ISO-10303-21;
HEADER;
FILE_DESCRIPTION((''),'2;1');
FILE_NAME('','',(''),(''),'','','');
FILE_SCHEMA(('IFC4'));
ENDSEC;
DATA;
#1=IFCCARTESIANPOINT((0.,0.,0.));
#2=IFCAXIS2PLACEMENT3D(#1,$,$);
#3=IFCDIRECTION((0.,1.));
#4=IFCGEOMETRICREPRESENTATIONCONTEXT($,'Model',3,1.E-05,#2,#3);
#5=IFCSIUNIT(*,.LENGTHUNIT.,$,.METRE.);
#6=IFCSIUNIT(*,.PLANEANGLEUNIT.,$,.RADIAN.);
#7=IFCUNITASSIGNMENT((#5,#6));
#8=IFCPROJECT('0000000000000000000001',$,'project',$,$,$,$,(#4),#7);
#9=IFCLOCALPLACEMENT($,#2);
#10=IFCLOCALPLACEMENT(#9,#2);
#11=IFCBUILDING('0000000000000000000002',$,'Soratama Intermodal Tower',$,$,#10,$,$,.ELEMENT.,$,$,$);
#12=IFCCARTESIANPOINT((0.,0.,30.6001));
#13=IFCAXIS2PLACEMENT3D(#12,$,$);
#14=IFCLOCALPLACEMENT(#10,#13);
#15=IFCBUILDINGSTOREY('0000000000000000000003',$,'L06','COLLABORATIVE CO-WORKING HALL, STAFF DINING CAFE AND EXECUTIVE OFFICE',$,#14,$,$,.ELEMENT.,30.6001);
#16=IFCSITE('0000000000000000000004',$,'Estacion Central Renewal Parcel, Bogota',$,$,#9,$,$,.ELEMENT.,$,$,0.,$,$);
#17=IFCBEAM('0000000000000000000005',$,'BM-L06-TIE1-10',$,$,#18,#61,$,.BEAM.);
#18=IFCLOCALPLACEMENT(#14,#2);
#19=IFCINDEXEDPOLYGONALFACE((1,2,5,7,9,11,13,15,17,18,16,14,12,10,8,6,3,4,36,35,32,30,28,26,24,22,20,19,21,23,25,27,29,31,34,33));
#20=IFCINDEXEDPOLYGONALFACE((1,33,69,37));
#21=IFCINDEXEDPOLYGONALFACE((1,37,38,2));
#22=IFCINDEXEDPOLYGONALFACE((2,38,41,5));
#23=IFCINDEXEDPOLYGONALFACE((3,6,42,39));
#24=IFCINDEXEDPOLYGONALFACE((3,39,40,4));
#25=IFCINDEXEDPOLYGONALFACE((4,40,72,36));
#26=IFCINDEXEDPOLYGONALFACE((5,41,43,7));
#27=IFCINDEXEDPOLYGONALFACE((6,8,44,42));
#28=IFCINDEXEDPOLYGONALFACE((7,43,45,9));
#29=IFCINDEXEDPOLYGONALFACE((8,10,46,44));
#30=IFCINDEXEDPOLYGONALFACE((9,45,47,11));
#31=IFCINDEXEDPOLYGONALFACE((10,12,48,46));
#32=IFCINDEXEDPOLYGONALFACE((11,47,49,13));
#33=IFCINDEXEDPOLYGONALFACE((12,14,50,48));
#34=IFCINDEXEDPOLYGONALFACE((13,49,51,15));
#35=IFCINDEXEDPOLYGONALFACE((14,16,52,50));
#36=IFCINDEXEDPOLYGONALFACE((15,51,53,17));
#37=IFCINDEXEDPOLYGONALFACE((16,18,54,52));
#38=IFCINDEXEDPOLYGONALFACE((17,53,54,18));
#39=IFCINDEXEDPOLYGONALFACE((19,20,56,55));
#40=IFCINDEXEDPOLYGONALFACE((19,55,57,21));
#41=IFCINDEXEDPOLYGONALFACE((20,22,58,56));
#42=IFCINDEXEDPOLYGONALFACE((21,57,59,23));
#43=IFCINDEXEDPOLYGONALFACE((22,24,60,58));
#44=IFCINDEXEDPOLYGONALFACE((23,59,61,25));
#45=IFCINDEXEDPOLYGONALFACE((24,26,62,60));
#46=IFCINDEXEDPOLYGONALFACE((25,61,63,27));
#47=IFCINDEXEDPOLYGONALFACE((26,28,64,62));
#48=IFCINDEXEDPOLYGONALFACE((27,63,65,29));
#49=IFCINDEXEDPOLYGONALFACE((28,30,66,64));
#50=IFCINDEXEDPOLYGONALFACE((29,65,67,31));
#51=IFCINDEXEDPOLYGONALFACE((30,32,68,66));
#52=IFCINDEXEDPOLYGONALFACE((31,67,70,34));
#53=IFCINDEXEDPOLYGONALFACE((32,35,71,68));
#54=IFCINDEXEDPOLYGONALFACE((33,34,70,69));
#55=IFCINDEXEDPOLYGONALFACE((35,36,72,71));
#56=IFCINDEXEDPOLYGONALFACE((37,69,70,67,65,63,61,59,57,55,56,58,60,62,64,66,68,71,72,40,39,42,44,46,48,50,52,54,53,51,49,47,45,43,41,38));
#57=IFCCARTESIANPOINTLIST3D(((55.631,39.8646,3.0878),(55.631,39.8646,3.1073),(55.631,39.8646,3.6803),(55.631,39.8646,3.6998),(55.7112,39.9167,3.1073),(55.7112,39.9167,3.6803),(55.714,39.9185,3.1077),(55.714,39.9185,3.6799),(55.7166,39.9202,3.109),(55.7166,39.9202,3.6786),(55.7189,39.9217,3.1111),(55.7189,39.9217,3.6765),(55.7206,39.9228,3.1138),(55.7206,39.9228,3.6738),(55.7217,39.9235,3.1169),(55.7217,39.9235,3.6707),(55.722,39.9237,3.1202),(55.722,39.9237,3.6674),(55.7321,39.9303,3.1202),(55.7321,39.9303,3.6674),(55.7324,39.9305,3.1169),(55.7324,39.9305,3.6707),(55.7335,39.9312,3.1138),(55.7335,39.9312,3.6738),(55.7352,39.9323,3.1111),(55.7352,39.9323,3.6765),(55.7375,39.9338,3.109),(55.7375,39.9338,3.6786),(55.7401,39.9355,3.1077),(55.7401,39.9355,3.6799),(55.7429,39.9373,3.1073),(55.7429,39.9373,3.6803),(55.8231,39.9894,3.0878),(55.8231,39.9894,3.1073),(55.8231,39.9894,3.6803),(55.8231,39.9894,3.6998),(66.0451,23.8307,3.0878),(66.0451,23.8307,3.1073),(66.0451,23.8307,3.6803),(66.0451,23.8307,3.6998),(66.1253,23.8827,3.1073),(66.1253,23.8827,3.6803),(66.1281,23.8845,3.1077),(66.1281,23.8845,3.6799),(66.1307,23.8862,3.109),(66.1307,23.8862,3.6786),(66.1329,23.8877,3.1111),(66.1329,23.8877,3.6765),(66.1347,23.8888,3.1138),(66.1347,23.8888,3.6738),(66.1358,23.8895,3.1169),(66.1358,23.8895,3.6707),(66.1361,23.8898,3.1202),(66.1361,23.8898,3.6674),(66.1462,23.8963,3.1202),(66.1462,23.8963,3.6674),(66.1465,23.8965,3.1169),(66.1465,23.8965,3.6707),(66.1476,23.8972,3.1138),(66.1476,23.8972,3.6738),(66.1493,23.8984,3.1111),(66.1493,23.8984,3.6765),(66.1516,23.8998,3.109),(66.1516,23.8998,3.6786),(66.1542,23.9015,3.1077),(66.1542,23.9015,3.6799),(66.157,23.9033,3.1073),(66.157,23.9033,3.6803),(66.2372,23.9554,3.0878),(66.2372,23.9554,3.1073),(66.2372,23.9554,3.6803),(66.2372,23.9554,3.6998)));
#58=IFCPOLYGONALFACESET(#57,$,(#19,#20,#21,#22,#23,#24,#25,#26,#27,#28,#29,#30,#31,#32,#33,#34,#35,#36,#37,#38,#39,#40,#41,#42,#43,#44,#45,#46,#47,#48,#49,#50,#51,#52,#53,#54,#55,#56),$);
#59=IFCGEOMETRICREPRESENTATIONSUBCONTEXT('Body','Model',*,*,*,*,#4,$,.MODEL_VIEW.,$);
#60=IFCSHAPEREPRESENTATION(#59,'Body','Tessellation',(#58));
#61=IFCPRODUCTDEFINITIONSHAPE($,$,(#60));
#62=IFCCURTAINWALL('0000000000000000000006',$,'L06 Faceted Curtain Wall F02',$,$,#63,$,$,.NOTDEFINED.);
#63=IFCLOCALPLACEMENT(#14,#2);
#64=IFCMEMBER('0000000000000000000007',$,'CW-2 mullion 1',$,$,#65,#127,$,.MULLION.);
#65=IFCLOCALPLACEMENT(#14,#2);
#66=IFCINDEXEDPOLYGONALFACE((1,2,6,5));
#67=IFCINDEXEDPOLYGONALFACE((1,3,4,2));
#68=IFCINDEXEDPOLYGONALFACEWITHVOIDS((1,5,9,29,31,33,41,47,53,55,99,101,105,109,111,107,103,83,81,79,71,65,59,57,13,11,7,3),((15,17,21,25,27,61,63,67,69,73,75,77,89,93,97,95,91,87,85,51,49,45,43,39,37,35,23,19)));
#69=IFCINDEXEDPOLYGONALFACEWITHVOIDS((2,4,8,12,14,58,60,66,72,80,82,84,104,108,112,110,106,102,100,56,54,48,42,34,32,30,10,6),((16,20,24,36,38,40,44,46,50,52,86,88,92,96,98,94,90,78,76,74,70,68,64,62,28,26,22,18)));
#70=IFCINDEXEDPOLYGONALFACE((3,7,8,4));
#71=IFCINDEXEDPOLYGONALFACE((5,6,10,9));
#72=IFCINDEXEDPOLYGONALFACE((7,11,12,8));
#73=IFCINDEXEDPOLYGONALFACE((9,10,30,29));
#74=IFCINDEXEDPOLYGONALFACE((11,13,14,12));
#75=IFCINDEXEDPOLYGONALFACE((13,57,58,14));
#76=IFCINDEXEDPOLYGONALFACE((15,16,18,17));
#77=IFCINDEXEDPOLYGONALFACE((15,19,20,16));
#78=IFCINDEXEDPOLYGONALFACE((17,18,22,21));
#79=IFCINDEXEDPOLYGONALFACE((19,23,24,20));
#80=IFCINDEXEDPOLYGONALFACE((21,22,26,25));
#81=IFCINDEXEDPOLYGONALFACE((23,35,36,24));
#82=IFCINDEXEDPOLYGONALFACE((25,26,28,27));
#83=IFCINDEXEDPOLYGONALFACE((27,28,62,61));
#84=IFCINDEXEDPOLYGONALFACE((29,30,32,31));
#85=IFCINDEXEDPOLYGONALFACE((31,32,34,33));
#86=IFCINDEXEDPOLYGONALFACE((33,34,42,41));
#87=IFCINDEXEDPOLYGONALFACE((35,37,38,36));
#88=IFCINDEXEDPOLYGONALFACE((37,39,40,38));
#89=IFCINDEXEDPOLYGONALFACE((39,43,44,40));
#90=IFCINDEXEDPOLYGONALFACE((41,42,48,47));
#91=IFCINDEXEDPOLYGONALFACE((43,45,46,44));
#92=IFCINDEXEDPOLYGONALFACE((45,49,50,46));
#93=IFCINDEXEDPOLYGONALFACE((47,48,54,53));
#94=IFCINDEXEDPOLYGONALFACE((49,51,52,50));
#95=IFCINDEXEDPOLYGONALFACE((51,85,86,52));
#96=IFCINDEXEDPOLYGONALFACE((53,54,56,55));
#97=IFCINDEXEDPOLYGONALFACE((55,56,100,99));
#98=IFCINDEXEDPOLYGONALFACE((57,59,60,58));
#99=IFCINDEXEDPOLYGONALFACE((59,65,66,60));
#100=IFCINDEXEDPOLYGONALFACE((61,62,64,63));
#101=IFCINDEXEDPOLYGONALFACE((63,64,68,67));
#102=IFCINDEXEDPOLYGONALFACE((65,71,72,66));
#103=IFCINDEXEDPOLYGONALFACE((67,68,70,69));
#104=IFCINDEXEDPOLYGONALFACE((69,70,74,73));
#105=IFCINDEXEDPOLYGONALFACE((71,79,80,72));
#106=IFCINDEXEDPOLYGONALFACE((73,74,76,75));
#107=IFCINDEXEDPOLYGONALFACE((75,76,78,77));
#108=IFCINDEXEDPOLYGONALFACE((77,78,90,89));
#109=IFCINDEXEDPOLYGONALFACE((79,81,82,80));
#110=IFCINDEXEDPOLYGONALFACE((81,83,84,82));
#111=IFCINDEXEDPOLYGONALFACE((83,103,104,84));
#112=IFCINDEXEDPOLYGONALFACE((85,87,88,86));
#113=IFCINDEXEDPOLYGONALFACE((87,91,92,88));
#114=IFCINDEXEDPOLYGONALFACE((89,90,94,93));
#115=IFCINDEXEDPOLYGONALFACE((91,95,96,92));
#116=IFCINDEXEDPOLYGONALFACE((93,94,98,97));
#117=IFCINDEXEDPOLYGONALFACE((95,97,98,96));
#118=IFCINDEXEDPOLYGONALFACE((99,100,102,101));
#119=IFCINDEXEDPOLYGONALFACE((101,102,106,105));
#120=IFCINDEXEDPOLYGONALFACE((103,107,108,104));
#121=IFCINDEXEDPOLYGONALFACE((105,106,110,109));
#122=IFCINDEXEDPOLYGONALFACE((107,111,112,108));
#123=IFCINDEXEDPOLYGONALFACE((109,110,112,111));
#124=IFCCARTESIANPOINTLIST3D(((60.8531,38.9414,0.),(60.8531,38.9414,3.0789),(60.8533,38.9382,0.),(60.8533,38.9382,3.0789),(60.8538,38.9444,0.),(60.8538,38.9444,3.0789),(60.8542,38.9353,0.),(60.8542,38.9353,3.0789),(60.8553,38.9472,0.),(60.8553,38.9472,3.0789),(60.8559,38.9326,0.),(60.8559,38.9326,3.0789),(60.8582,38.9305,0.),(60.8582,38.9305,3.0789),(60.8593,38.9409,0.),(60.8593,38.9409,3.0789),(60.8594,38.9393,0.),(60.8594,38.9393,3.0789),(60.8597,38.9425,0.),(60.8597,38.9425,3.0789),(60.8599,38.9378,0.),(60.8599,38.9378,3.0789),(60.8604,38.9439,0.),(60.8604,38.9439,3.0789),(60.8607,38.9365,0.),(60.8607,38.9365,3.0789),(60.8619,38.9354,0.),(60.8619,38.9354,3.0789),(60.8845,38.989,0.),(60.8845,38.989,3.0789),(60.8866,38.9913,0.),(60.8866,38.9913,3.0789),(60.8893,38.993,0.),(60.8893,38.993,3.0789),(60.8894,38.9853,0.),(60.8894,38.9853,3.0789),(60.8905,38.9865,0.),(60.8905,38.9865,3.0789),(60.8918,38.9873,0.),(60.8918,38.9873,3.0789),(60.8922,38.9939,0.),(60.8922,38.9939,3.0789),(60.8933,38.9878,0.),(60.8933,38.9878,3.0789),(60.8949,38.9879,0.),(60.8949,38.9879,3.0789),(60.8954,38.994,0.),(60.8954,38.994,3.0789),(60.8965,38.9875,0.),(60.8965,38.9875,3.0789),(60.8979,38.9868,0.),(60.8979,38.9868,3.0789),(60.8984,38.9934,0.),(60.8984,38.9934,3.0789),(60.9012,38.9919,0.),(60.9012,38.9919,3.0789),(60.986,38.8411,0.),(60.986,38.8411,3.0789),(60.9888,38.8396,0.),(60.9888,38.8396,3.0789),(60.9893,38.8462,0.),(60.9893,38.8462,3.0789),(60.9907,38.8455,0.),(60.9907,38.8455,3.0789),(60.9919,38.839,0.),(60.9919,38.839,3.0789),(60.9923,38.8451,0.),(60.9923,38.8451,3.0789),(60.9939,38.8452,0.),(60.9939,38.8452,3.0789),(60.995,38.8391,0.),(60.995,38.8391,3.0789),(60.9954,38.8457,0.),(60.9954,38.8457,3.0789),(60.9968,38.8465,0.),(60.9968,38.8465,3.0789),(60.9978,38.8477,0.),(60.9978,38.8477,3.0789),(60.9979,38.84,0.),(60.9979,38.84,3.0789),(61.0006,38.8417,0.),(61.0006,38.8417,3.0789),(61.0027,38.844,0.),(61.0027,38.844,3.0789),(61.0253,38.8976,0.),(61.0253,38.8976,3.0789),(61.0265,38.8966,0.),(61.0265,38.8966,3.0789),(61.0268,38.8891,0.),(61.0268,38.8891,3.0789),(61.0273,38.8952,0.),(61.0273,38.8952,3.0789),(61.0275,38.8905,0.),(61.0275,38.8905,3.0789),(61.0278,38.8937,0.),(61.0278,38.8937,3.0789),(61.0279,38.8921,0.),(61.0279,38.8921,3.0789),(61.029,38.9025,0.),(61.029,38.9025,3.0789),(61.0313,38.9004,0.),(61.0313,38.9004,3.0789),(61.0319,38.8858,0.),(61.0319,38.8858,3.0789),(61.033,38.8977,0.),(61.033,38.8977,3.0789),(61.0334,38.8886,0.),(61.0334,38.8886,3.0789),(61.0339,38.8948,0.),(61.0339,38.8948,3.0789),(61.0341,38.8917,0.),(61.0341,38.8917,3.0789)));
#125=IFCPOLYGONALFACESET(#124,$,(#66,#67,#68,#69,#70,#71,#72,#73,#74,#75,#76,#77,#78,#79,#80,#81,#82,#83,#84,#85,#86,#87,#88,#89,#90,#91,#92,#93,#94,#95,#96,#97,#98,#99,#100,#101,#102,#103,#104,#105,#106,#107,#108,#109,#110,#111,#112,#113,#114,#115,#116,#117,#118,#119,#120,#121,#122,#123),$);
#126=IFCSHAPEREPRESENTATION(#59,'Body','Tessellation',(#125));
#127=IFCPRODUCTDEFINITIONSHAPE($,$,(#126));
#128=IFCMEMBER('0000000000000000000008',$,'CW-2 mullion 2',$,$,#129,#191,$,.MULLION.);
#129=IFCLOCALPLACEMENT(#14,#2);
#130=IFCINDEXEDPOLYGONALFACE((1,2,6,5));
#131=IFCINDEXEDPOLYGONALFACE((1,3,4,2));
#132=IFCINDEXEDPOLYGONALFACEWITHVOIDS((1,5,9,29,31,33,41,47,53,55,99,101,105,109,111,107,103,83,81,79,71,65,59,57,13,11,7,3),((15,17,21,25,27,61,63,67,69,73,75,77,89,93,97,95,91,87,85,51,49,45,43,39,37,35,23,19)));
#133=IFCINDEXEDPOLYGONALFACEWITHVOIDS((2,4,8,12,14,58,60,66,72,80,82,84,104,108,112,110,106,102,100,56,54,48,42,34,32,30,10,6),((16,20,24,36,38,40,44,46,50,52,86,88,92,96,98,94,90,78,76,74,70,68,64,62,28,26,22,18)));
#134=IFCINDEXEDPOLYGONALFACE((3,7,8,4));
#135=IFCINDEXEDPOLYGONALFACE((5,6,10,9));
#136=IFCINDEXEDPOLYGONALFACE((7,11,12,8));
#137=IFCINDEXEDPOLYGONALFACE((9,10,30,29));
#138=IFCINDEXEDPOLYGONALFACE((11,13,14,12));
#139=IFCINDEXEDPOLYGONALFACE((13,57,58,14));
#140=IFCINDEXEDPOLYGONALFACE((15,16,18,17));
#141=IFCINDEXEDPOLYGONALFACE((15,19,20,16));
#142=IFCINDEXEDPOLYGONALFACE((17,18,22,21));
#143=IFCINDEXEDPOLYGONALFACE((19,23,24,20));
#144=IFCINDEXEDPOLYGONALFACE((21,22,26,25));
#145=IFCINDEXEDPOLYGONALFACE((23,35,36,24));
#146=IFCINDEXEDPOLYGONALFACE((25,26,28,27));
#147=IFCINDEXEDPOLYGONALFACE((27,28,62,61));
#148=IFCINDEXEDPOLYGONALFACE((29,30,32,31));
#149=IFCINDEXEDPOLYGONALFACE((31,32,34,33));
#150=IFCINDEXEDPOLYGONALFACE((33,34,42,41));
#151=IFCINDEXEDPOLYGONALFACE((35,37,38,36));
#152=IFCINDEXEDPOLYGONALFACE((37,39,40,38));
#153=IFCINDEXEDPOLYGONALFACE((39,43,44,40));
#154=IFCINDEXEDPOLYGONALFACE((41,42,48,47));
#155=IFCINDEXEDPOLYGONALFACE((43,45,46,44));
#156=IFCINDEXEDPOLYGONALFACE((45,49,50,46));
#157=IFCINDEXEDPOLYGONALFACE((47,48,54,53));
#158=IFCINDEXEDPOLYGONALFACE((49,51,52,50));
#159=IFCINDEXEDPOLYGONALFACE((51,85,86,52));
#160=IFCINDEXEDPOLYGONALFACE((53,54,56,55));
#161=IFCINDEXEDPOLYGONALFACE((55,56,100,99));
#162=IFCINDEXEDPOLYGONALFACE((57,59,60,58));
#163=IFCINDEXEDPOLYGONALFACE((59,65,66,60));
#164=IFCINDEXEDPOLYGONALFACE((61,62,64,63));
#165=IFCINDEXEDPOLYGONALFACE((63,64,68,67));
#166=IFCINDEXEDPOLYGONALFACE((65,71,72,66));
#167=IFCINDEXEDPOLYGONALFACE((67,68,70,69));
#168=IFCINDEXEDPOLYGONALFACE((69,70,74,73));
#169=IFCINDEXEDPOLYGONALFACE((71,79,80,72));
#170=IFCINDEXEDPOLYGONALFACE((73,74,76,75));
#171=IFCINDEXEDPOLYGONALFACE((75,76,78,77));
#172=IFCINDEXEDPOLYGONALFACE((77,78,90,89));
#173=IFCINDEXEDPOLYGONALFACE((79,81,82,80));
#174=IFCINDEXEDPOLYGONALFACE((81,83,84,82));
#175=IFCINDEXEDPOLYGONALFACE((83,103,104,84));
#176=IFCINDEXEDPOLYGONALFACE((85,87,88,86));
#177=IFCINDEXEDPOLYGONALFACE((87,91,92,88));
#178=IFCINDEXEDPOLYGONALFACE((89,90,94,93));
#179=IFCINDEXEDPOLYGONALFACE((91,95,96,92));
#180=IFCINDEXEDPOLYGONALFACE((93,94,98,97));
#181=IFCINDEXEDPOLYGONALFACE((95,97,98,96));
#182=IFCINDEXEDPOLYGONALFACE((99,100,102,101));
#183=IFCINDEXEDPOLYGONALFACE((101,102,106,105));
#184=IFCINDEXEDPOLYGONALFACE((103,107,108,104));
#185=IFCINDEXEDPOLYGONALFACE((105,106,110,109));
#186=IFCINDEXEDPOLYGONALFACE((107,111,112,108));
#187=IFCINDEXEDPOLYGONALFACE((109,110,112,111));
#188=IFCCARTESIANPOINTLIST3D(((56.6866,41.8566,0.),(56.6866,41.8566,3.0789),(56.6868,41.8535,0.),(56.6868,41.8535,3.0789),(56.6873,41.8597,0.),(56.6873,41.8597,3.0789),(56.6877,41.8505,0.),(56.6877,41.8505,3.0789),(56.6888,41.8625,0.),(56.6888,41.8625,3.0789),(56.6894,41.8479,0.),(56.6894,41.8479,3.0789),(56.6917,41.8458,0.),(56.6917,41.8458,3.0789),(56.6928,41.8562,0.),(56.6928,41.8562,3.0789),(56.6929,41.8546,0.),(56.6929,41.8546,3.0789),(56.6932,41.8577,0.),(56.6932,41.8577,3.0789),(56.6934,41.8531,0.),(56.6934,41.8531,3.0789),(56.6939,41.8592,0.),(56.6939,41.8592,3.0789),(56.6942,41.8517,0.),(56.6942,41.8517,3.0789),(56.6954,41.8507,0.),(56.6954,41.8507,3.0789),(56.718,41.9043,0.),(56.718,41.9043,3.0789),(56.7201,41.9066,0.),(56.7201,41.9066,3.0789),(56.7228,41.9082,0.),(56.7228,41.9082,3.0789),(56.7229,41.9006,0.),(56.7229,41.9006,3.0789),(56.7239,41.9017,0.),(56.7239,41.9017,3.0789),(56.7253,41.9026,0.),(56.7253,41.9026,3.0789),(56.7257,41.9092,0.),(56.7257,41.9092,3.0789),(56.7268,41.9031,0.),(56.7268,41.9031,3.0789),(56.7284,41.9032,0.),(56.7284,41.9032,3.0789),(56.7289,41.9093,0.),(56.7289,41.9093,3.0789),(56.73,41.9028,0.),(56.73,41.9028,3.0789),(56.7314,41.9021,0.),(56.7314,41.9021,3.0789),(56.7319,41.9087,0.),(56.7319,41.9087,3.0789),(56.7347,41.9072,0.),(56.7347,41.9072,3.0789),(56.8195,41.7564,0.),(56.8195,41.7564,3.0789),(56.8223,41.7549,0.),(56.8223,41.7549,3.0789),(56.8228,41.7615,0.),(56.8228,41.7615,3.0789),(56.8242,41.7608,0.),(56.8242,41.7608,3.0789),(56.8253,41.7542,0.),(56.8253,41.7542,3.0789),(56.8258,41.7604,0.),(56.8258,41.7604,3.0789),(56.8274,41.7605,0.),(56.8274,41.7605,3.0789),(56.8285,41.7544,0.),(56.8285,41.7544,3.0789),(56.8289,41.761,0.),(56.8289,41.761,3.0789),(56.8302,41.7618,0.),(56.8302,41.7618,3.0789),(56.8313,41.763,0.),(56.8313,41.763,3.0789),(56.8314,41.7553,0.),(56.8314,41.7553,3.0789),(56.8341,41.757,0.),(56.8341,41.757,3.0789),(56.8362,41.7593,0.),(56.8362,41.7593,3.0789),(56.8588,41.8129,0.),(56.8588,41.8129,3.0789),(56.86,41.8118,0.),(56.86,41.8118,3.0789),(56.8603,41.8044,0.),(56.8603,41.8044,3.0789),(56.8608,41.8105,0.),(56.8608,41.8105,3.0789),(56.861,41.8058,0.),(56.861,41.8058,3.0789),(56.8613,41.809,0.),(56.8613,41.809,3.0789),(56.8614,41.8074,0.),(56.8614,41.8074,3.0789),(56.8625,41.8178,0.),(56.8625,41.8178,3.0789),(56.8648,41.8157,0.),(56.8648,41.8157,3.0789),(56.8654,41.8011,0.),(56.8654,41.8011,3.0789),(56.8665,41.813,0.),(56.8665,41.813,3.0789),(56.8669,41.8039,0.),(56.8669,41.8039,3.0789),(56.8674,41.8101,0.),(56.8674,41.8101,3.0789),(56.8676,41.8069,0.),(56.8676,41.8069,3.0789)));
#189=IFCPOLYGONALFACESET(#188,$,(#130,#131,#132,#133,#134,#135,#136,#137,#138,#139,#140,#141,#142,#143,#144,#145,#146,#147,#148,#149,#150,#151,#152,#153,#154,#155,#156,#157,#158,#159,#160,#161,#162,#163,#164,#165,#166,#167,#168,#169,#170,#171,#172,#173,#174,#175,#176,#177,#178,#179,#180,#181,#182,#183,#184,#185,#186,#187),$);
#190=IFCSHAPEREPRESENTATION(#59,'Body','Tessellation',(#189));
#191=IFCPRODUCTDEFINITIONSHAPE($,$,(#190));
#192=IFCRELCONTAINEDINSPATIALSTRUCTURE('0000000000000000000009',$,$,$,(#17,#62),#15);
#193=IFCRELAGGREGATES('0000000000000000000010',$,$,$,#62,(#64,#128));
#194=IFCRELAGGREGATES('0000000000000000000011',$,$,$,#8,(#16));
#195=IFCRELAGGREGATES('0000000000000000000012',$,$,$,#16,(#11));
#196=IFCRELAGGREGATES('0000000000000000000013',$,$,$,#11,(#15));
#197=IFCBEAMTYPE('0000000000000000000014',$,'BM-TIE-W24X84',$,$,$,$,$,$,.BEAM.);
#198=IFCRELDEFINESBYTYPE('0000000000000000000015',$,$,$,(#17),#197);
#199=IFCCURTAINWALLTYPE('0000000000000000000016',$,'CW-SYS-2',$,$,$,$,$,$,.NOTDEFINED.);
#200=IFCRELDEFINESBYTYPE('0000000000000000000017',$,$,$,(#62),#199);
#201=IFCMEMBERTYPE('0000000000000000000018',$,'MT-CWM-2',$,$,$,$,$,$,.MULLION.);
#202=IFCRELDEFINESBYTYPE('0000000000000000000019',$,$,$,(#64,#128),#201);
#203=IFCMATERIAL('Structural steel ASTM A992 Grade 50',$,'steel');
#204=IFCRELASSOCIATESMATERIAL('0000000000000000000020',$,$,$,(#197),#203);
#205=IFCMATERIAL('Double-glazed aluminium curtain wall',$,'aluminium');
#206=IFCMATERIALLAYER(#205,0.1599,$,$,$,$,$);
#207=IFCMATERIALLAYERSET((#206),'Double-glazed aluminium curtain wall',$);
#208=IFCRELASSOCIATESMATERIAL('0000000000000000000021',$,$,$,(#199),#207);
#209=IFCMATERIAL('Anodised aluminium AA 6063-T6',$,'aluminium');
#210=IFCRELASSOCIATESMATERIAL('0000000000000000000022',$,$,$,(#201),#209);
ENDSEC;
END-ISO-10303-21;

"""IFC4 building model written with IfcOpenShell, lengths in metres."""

from ifc_helpers import new_model, si_unit, direction, frame, origin, origin_2d, place, context, subcontext, project, spatial, hollow_rectangle, i_section, extrude, material, layer, layer_set, material_profile, profile_set, type_object, element, aggregate, save


model = new_model("IFC4")

# Units and contexts
model_context = context("Model", 3, precision=1e-05, world=origin(), true_north=direction((0.0, 1.0)))
body_context = subcontext(model_context, "Body", "Model", "MODEL_VIEW")
ifc_project = project(units=[si_unit("LENGTHUNIT", "METRE"), si_unit("PLANEANGLEUNIT", "RADIAN")], contexts=[model_context])

# Site, building, storey
site_placement = place(None, origin())
site = spatial("IfcSite", under=ifc_project, at=site_placement, Name="Estacion Central Renewal Parcel, Bogota", CompositionType="ELEMENT", RefElevation=0.0)
building_placement = place(site_placement, origin())
building = spatial("IfcBuilding", under=site, at=building_placement, Name="Soratama Intermodal Tower", CompositionType="ELEMENT")
storey_placement = place(building_placement, frame((0.0, 0.0, 30.6001)))
storey = spatial("IfcBuildingStorey", under=building, at=storey_placement, Name="L06", Description="COLLABORATIVE CO-WORKING HALL, STAFF DINING CAFE AND EXECUTIVE OFFICE", CompositionType="ELEMENT", Elevation=30.6001)

# Beam
ifc_material_1 = material(Name="Structural steel ASTM A992 Grade 50", Category="steel")
ifc_material_profile_1 = material_profile(ifc_material_1, i_section(OverallWidth=0.229, OverallDepth=0.6121, WebThickness=0.012, FlangeThickness=0.0195, FilletRadius=0.0129, at=origin_2d()), Name="W24X84")
ifc_profile_set_1 = profile_set([ifc_material_profile_1], Name="Structural steel ASTM A992 Grade 50")
beam_type_1 = type_object("IfcBeamType", Name="BM-TIE-W24X84", PredefinedType="BEAM", material=ifc_profile_set_1)
beam_1_placement = place(storey_placement, frame((55.7271, 39.927, 3.3938), z_axis=(0.544694, -0.838635, 0.0), x_axis=(0.838635, 0.544694, 0.0)))
element("IfcBeam", 1, at=beam_1_placement, inside=storey, type_object=beam_type_1, Name="BM-L06-TIE1-10", PredefinedType="BEAM", context=body_context, shape_type="SweptSolid", body=[
    extrude(i_section(OverallWidth=0.229, OverallDepth=0.6121, WebThickness=0.012, FlangeThickness=0.0195, FilletRadius=0.0129, at=origin_2d()), origin(), (0.0, 0.0, 1.0), 19.1191),
])

# Curtain wall, members
ifc_material_2 = material(Name="Double-glazed aluminium curtain wall", Category="aluminium")
ifc_layer_1 = layer(ifc_material_2, 0.1599)
ifc_layer_set_1 = layer_set([ifc_layer_1], Name="Double-glazed aluminium curtain wall")
curtain_wall_type = type_object("IfcCurtainWallType", Name="CW-SYS-2", PredefinedType="NOTDEFINED", material=ifc_layer_set_1)
curtain_wall_placement = place(storey_placement, origin())
curtain_wall = element("IfcCurtainWall", 2, at=curtain_wall_placement, inside=storey, type_object=curtain_wall_type, Name="L06 Faceted Curtain Wall F02", PredefinedType="NOTDEFINED")
ifc_material_3 = material(Name="Anodised aluminium AA 6063-T6", Category="aluminium")
ifc_material_profile_2 = material_profile(ifc_material_3, hollow_rectangle(XDim=0.075, YDim=0.1799, WallThickness=0.0061, InnerFilletRadius=0.0061, OuterFilletRadius=0.012, at=origin_2d()), Name="CWM180X75X6")
ifc_profile_set_2 = profile_set([ifc_material_profile_2], Name="Anodised aluminium AA 6063-T6")
member_type_1 = type_object("IfcMemberType", Name="MT-CWM-2", PredefinedType="MULLION", material=ifc_profile_set_2)
member_1_placement = place(storey_placement, frame((60.9436, 38.9165, 0.0), z_axis=(0.0, 0.0, 1.0), x_axis=(-0.573296, -0.819349, 0.0)))
member_1 = element("IfcMember", 3, at=member_1_placement, type_object=member_type_1, Name="CW-2 mullion 1", PredefinedType="MULLION", context=body_context, shape_type="SweptSolid", body=[
    extrude(hollow_rectangle(XDim=0.075, YDim=0.1799, WallThickness=0.0061, InnerFilletRadius=0.0061, OuterFilletRadius=0.012, at=origin_2d()), origin(), (0.0, 0.0, 1.0), 3.0789),
])
member_2_placement = place(storey_placement, frame((56.7771, 41.8318, 0.0), z_axis=(0.0, 0.0, 1.0), x_axis=(-0.573296, -0.819349, 0.0)))
member_2 = element("IfcMember", 4, at=member_2_placement, type_object=member_type_1, Name="CW-2 mullion 2", PredefinedType="MULLION", context=body_context, shape_type="SweptSolid", body=[
    extrude(hollow_rectangle(XDim=0.075, YDim=0.1799, WallThickness=0.0061, InnerFilletRadius=0.0061, OuterFilletRadius=0.012, at=origin_2d()), origin(), (0.0, 0.0, 1.0), 3.0789),
])
aggregate(curtain_wall, [member_1, member_2])

save(model, "model.ifc")
